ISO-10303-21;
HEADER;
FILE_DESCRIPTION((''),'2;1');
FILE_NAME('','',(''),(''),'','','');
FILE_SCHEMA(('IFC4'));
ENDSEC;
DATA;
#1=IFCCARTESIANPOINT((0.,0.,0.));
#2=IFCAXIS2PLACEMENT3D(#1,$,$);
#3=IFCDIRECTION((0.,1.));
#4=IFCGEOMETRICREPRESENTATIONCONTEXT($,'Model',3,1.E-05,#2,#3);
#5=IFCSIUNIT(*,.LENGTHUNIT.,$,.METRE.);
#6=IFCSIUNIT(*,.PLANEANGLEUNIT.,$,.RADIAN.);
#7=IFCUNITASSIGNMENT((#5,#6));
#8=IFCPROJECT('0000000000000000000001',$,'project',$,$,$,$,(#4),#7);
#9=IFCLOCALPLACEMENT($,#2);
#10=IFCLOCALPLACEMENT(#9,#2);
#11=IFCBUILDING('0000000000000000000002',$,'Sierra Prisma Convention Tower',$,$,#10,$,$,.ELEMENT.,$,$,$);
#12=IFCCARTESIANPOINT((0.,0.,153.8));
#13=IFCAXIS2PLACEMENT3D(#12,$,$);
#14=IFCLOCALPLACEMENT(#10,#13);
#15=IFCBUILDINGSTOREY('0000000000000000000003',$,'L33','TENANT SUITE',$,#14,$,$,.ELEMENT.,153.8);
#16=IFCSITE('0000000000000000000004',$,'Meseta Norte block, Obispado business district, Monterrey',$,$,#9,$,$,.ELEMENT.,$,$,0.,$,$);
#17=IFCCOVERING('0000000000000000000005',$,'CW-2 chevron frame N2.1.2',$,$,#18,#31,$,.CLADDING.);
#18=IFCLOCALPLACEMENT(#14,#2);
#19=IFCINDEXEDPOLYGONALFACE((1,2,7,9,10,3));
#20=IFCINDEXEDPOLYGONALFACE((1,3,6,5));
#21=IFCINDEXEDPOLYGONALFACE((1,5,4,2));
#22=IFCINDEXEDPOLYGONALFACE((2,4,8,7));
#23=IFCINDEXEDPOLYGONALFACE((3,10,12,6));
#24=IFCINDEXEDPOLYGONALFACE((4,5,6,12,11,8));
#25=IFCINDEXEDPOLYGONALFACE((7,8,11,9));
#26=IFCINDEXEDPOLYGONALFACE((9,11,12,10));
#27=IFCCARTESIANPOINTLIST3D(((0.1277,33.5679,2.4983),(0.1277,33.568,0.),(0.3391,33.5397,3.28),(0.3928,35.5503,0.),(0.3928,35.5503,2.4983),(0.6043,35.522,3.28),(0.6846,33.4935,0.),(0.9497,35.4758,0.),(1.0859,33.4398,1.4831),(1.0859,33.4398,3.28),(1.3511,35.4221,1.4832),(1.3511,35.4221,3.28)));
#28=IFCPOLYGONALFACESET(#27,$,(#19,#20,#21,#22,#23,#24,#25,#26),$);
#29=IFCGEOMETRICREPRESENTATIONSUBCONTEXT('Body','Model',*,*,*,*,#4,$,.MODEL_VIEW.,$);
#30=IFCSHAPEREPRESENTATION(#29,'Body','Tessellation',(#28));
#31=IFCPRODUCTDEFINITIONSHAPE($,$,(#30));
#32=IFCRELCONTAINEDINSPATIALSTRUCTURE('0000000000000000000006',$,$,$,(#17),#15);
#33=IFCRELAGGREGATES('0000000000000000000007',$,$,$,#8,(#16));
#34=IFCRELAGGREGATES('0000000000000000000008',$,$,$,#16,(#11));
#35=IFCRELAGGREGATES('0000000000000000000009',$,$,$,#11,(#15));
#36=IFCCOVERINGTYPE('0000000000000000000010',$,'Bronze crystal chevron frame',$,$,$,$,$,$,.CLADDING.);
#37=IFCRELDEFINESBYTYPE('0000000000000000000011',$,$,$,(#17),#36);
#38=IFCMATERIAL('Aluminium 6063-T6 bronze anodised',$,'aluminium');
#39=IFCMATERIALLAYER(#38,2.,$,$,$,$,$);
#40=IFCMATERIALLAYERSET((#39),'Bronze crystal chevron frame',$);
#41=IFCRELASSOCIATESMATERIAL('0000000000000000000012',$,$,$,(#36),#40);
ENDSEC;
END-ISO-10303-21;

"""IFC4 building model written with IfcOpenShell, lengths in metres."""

from ifc_helpers import new_model, si_unit, direction, frame, origin, place, context, subcontext, project, spatial, polyline, outline, extrude, material, layer, layer_set, type_object, element, save


model = new_model("IFC4")

# Units and contexts
model_context = context("Model", 3, precision=1e-05, world=origin(), true_north=direction((0.0, 1.0)))
body_context = subcontext(model_context, "Body", "Model", "MODEL_VIEW")
ifc_project = project(units=[si_unit("LENGTHUNIT", "METRE"), si_unit("PLANEANGLEUNIT", "RADIAN")], contexts=[model_context])

# Site, building, storey
site_placement = place(None, origin())
site = spatial("IfcSite", under=ifc_project, at=site_placement, Name="Meseta Norte block, Obispado business district, Monterrey", CompositionType="ELEMENT", RefElevation=0.0)
building_placement = place(site_placement, origin())
building = spatial("IfcBuilding", under=site, at=building_placement, Name="Sierra Prisma Convention Tower", CompositionType="ELEMENT")
storey_placement = place(building_placement, frame((0.0, 0.0, 153.8)))
storey = spatial("IfcBuildingStorey", under=building, at=storey_placement, Name="L33", Description="TENANT SUITE", CompositionType="ELEMENT", Elevation=153.8)

# Covering
ifc_material_1 = material(Name="Aluminium 6063-T6 bronze anodised", Category="aluminium")
ifc_layer_1 = layer(ifc_material_1, 2.0)
ifc_layer_set_1 = layer_set([ifc_layer_1], Name="Bronze crystal chevron frame")
covering_type = type_object("IfcCoveringType", Name="Bronze crystal chevron frame", PredefinedType="CLADDING", material=ifc_layer_set_1)
covering_1_placement = place(storey_placement, frame((1.3511, 35.4221, 3.28), z_axis=(0.132565, 0.991174, 0.000011), x_axis=(0.000001, 0.000011, -1.0)))
element("IfcCovering", 1, at=covering_1_placement, inside=storey, type_object=covering_type, Name="CW-2 chevron frame N2.1.2", PredefinedType="CLADDING", context=body_context, shape_type="SweptSolid", body=[
    extrude(outline(polyline([(0.0, 0.0), (1.7969, 0.0), (3.28, 0.4049), (3.28, 0.9668), (0.7817, 0.9668), (0.0, 0.7535), (0.0, 0.0)])), origin(), (0.0, 0.0, -1.0), 2.0),
])

save(model, "model.ifc")
